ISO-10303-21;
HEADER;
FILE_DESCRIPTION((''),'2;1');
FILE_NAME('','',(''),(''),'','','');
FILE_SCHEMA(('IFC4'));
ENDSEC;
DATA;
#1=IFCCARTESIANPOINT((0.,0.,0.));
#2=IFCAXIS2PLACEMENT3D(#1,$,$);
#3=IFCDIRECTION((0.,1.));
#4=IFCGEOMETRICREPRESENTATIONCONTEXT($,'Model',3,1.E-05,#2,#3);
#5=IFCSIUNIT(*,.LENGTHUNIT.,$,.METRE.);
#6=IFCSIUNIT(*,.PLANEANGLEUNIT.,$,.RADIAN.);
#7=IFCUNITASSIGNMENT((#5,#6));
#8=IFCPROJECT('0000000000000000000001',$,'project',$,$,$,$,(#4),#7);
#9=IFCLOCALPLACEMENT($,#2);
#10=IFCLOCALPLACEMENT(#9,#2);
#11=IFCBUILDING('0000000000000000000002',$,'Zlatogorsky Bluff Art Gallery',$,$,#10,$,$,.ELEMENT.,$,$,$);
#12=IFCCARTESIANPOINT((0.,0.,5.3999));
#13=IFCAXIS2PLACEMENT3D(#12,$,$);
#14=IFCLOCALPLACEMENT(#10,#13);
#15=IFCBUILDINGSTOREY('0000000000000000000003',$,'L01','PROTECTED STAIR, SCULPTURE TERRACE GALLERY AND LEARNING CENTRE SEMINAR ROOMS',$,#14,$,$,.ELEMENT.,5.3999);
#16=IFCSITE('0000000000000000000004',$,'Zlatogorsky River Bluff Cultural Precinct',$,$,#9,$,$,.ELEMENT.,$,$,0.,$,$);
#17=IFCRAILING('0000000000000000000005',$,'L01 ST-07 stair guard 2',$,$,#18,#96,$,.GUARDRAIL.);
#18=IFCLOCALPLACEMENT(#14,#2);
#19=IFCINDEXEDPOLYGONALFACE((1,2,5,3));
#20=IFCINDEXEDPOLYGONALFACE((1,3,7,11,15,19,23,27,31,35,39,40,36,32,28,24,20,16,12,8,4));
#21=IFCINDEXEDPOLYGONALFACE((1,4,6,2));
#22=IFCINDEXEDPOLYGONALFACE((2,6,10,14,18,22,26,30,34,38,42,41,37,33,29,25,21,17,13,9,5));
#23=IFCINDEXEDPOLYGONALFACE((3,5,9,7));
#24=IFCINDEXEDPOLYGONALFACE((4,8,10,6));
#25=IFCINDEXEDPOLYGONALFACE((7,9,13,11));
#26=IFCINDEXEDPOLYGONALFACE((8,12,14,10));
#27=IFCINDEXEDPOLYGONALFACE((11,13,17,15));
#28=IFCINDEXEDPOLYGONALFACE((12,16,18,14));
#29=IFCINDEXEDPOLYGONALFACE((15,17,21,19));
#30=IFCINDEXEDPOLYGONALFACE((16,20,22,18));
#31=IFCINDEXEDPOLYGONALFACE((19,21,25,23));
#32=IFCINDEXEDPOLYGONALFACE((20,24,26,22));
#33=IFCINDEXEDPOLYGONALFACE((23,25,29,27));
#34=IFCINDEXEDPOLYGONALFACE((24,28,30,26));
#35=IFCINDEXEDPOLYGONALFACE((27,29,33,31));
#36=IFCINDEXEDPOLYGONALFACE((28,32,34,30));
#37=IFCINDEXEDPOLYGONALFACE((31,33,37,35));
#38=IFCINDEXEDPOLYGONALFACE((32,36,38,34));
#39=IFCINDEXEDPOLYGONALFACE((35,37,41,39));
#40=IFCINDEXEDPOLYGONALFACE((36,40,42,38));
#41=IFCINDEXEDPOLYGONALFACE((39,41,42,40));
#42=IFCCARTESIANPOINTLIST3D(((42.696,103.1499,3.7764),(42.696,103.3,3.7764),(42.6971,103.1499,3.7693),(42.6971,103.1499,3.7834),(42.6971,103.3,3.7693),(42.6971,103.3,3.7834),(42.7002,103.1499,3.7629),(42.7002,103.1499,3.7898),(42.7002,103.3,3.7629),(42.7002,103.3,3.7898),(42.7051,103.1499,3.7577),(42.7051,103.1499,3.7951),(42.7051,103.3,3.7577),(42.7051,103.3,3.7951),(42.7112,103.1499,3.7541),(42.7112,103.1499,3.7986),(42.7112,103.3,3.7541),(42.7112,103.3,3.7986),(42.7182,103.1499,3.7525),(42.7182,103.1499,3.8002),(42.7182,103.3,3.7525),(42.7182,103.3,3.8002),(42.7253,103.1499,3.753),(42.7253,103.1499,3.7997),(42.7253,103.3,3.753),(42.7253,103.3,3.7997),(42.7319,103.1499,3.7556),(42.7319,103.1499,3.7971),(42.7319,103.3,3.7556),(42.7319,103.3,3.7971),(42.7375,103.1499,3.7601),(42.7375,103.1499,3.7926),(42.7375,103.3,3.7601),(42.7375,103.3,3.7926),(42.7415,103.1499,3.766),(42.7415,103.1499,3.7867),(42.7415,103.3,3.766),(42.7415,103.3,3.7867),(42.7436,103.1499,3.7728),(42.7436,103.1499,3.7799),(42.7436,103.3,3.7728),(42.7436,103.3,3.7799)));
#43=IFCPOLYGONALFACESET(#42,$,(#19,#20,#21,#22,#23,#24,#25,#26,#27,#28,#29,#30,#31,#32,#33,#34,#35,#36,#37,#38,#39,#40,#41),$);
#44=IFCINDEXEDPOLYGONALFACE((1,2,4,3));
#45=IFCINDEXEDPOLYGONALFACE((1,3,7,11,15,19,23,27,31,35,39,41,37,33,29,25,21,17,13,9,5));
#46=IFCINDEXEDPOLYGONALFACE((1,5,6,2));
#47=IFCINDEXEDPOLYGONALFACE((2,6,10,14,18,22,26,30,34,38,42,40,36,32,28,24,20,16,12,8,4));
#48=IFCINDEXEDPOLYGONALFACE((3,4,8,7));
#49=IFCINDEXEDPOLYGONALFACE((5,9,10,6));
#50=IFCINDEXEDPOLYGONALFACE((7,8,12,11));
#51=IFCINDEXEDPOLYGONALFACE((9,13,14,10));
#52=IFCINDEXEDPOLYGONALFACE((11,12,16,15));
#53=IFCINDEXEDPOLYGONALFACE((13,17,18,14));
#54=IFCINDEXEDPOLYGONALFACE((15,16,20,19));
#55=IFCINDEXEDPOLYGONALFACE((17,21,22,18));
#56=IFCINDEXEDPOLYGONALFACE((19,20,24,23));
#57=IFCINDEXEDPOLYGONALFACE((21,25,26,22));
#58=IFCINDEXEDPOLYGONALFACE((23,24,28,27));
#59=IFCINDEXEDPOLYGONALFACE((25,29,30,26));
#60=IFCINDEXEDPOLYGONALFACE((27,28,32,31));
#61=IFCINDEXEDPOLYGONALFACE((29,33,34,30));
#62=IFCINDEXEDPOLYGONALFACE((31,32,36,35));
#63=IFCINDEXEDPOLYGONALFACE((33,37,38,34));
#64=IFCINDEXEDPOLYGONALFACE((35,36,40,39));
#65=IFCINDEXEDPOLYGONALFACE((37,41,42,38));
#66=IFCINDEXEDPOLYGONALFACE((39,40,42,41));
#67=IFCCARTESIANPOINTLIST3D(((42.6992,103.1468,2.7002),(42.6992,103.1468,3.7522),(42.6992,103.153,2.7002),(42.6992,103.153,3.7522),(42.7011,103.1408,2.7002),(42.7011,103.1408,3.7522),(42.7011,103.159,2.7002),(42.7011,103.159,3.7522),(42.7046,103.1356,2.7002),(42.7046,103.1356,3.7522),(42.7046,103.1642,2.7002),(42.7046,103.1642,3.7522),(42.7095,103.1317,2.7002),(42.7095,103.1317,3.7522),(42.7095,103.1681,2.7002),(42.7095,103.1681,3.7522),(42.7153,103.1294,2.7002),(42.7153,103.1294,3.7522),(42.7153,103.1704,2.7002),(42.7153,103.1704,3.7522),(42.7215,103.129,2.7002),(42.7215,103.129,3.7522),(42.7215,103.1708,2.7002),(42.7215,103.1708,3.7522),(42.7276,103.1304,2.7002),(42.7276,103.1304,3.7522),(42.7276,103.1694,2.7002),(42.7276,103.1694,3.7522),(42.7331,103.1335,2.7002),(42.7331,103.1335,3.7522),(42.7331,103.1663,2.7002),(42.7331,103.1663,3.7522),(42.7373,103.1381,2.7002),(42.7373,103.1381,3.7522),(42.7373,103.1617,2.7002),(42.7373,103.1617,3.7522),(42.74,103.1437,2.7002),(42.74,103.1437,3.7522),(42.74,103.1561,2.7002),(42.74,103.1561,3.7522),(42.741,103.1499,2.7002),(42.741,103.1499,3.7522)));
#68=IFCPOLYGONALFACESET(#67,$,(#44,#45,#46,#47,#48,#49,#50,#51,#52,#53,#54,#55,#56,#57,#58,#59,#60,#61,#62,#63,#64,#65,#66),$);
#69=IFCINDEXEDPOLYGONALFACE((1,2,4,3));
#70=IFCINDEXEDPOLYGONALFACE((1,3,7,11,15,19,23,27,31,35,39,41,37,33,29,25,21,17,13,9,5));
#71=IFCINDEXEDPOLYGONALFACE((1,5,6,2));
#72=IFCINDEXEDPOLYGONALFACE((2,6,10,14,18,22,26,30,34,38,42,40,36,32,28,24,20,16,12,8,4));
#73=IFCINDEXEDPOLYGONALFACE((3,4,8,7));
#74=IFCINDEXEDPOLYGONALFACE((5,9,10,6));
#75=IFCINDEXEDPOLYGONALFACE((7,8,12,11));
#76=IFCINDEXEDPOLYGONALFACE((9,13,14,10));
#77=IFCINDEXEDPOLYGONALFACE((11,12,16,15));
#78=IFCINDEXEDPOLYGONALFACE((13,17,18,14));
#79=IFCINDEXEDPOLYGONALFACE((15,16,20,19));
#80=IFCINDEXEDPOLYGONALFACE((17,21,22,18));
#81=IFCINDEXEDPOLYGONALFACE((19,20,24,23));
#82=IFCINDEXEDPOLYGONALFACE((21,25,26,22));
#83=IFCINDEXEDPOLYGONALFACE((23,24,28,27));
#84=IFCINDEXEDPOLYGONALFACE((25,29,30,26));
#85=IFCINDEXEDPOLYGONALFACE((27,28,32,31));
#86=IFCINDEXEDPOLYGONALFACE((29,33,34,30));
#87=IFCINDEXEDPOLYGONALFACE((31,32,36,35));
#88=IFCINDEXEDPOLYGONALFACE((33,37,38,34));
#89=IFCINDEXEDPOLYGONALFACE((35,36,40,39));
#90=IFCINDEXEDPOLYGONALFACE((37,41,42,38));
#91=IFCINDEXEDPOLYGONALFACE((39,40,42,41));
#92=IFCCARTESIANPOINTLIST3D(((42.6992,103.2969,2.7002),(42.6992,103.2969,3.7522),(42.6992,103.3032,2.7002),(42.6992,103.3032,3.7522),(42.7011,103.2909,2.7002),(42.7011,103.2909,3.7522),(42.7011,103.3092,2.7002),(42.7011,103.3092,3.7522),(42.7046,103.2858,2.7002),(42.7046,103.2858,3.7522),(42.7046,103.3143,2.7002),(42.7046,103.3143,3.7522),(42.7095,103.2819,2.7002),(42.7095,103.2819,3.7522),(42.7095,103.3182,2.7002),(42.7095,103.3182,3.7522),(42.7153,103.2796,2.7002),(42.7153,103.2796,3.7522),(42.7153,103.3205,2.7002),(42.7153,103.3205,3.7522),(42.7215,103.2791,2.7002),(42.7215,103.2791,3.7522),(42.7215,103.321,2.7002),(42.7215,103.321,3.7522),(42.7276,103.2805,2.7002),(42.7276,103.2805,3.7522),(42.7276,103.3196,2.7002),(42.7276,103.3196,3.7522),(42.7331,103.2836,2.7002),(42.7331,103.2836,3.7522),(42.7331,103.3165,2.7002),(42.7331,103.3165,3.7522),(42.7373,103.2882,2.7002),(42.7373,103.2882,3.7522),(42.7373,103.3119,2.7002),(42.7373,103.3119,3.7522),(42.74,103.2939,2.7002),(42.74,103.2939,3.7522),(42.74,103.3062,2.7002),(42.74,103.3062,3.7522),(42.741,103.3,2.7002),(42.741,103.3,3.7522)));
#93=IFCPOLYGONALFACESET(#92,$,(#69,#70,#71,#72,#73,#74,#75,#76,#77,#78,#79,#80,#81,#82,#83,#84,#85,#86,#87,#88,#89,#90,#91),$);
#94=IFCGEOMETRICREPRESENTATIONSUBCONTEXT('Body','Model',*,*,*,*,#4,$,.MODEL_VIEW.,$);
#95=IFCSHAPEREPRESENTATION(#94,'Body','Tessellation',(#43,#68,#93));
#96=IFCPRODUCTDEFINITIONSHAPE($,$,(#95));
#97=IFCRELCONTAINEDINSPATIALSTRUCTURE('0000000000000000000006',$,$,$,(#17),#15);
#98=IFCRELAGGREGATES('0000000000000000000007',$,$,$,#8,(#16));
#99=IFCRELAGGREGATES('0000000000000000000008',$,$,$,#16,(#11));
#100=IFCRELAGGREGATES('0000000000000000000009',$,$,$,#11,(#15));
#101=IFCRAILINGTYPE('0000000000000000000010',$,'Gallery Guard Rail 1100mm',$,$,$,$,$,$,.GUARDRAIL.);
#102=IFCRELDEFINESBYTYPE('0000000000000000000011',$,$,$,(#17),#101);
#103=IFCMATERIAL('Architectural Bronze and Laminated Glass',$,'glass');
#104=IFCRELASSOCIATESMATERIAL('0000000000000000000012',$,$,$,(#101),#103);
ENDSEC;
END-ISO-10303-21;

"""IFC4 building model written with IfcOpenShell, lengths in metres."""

from ifc_helpers import new_model, si_unit, direction, frame, origin, origin_2d, place, context, subcontext, project, spatial, circle, extrude, material, type_object, element, save


model = new_model("IFC4")

# Units and contexts
model_context = context("Model", 3, precision=1e-05, world=origin(), true_north=direction((0.0, 1.0)))
body_context = subcontext(model_context, "Body", "Model", "MODEL_VIEW")
ifc_project = project(units=[si_unit("LENGTHUNIT", "METRE"), si_unit("PLANEANGLEUNIT", "RADIAN")], contexts=[model_context])

# Site, building, storey
site_placement = place(None, origin())
site = spatial("IfcSite", under=ifc_project, at=site_placement, Name="Zlatogorsky River Bluff Cultural Precinct", CompositionType="ELEMENT", RefElevation=0.0)
building_placement = place(site_placement, origin())
building = spatial("IfcBuilding", under=site, at=building_placement, Name="Zlatogorsky Bluff Art Gallery", CompositionType="ELEMENT")
storey_placement = place(building_placement, frame((0.0, 0.0, 5.3999)))
storey = spatial("IfcBuildingStorey", under=building, at=storey_placement, Name="L01", Description="PROTECTED STAIR, SCULPTURE TERRACE GALLERY AND LEARNING CENTRE SEMINAR ROOMS", CompositionType="ELEMENT", Elevation=5.3999)

# Railing
ifc_material_1 = material(Name="Architectural Bronze and Laminated Glass", Category="glass")
railing_type_1 = type_object("IfcRailingType", Name="Gallery Guard Rail 1100mm", PredefinedType="GUARDRAIL", material=ifc_material_1)
railing_1_placement = place(storey_placement, frame((42.72, 103.1499, 2.7002)))
element("IfcRailing", 1, at=railing_1_placement, inside=storey, type_object=railing_type_1, Name="L01 ST-07 stair guard 2", PredefinedType="GUARDRAIL", context=body_context, shape_type="SweptSolid", body=[
    extrude(circle(Radius=0.0239, at=origin_2d()), frame((0.0, 0.0, 1.0762), z_axis=(0.0, 1.0, 0.0), x_axis=(-1.0, 0.0, 0.0)), (0.0, 0.0, 1.0), 0.1501),
    extrude(circle(Radius=0.021, at=origin_2d()), origin(), (0.0, 0.0, 1.0), 1.052),
    extrude(circle(Radius=0.021, at=origin_2d()), frame((0.0, 0.1501, 0.0)), (0.0, 0.0, 1.0), 1.052),
])

save(model, "model.ifc")
